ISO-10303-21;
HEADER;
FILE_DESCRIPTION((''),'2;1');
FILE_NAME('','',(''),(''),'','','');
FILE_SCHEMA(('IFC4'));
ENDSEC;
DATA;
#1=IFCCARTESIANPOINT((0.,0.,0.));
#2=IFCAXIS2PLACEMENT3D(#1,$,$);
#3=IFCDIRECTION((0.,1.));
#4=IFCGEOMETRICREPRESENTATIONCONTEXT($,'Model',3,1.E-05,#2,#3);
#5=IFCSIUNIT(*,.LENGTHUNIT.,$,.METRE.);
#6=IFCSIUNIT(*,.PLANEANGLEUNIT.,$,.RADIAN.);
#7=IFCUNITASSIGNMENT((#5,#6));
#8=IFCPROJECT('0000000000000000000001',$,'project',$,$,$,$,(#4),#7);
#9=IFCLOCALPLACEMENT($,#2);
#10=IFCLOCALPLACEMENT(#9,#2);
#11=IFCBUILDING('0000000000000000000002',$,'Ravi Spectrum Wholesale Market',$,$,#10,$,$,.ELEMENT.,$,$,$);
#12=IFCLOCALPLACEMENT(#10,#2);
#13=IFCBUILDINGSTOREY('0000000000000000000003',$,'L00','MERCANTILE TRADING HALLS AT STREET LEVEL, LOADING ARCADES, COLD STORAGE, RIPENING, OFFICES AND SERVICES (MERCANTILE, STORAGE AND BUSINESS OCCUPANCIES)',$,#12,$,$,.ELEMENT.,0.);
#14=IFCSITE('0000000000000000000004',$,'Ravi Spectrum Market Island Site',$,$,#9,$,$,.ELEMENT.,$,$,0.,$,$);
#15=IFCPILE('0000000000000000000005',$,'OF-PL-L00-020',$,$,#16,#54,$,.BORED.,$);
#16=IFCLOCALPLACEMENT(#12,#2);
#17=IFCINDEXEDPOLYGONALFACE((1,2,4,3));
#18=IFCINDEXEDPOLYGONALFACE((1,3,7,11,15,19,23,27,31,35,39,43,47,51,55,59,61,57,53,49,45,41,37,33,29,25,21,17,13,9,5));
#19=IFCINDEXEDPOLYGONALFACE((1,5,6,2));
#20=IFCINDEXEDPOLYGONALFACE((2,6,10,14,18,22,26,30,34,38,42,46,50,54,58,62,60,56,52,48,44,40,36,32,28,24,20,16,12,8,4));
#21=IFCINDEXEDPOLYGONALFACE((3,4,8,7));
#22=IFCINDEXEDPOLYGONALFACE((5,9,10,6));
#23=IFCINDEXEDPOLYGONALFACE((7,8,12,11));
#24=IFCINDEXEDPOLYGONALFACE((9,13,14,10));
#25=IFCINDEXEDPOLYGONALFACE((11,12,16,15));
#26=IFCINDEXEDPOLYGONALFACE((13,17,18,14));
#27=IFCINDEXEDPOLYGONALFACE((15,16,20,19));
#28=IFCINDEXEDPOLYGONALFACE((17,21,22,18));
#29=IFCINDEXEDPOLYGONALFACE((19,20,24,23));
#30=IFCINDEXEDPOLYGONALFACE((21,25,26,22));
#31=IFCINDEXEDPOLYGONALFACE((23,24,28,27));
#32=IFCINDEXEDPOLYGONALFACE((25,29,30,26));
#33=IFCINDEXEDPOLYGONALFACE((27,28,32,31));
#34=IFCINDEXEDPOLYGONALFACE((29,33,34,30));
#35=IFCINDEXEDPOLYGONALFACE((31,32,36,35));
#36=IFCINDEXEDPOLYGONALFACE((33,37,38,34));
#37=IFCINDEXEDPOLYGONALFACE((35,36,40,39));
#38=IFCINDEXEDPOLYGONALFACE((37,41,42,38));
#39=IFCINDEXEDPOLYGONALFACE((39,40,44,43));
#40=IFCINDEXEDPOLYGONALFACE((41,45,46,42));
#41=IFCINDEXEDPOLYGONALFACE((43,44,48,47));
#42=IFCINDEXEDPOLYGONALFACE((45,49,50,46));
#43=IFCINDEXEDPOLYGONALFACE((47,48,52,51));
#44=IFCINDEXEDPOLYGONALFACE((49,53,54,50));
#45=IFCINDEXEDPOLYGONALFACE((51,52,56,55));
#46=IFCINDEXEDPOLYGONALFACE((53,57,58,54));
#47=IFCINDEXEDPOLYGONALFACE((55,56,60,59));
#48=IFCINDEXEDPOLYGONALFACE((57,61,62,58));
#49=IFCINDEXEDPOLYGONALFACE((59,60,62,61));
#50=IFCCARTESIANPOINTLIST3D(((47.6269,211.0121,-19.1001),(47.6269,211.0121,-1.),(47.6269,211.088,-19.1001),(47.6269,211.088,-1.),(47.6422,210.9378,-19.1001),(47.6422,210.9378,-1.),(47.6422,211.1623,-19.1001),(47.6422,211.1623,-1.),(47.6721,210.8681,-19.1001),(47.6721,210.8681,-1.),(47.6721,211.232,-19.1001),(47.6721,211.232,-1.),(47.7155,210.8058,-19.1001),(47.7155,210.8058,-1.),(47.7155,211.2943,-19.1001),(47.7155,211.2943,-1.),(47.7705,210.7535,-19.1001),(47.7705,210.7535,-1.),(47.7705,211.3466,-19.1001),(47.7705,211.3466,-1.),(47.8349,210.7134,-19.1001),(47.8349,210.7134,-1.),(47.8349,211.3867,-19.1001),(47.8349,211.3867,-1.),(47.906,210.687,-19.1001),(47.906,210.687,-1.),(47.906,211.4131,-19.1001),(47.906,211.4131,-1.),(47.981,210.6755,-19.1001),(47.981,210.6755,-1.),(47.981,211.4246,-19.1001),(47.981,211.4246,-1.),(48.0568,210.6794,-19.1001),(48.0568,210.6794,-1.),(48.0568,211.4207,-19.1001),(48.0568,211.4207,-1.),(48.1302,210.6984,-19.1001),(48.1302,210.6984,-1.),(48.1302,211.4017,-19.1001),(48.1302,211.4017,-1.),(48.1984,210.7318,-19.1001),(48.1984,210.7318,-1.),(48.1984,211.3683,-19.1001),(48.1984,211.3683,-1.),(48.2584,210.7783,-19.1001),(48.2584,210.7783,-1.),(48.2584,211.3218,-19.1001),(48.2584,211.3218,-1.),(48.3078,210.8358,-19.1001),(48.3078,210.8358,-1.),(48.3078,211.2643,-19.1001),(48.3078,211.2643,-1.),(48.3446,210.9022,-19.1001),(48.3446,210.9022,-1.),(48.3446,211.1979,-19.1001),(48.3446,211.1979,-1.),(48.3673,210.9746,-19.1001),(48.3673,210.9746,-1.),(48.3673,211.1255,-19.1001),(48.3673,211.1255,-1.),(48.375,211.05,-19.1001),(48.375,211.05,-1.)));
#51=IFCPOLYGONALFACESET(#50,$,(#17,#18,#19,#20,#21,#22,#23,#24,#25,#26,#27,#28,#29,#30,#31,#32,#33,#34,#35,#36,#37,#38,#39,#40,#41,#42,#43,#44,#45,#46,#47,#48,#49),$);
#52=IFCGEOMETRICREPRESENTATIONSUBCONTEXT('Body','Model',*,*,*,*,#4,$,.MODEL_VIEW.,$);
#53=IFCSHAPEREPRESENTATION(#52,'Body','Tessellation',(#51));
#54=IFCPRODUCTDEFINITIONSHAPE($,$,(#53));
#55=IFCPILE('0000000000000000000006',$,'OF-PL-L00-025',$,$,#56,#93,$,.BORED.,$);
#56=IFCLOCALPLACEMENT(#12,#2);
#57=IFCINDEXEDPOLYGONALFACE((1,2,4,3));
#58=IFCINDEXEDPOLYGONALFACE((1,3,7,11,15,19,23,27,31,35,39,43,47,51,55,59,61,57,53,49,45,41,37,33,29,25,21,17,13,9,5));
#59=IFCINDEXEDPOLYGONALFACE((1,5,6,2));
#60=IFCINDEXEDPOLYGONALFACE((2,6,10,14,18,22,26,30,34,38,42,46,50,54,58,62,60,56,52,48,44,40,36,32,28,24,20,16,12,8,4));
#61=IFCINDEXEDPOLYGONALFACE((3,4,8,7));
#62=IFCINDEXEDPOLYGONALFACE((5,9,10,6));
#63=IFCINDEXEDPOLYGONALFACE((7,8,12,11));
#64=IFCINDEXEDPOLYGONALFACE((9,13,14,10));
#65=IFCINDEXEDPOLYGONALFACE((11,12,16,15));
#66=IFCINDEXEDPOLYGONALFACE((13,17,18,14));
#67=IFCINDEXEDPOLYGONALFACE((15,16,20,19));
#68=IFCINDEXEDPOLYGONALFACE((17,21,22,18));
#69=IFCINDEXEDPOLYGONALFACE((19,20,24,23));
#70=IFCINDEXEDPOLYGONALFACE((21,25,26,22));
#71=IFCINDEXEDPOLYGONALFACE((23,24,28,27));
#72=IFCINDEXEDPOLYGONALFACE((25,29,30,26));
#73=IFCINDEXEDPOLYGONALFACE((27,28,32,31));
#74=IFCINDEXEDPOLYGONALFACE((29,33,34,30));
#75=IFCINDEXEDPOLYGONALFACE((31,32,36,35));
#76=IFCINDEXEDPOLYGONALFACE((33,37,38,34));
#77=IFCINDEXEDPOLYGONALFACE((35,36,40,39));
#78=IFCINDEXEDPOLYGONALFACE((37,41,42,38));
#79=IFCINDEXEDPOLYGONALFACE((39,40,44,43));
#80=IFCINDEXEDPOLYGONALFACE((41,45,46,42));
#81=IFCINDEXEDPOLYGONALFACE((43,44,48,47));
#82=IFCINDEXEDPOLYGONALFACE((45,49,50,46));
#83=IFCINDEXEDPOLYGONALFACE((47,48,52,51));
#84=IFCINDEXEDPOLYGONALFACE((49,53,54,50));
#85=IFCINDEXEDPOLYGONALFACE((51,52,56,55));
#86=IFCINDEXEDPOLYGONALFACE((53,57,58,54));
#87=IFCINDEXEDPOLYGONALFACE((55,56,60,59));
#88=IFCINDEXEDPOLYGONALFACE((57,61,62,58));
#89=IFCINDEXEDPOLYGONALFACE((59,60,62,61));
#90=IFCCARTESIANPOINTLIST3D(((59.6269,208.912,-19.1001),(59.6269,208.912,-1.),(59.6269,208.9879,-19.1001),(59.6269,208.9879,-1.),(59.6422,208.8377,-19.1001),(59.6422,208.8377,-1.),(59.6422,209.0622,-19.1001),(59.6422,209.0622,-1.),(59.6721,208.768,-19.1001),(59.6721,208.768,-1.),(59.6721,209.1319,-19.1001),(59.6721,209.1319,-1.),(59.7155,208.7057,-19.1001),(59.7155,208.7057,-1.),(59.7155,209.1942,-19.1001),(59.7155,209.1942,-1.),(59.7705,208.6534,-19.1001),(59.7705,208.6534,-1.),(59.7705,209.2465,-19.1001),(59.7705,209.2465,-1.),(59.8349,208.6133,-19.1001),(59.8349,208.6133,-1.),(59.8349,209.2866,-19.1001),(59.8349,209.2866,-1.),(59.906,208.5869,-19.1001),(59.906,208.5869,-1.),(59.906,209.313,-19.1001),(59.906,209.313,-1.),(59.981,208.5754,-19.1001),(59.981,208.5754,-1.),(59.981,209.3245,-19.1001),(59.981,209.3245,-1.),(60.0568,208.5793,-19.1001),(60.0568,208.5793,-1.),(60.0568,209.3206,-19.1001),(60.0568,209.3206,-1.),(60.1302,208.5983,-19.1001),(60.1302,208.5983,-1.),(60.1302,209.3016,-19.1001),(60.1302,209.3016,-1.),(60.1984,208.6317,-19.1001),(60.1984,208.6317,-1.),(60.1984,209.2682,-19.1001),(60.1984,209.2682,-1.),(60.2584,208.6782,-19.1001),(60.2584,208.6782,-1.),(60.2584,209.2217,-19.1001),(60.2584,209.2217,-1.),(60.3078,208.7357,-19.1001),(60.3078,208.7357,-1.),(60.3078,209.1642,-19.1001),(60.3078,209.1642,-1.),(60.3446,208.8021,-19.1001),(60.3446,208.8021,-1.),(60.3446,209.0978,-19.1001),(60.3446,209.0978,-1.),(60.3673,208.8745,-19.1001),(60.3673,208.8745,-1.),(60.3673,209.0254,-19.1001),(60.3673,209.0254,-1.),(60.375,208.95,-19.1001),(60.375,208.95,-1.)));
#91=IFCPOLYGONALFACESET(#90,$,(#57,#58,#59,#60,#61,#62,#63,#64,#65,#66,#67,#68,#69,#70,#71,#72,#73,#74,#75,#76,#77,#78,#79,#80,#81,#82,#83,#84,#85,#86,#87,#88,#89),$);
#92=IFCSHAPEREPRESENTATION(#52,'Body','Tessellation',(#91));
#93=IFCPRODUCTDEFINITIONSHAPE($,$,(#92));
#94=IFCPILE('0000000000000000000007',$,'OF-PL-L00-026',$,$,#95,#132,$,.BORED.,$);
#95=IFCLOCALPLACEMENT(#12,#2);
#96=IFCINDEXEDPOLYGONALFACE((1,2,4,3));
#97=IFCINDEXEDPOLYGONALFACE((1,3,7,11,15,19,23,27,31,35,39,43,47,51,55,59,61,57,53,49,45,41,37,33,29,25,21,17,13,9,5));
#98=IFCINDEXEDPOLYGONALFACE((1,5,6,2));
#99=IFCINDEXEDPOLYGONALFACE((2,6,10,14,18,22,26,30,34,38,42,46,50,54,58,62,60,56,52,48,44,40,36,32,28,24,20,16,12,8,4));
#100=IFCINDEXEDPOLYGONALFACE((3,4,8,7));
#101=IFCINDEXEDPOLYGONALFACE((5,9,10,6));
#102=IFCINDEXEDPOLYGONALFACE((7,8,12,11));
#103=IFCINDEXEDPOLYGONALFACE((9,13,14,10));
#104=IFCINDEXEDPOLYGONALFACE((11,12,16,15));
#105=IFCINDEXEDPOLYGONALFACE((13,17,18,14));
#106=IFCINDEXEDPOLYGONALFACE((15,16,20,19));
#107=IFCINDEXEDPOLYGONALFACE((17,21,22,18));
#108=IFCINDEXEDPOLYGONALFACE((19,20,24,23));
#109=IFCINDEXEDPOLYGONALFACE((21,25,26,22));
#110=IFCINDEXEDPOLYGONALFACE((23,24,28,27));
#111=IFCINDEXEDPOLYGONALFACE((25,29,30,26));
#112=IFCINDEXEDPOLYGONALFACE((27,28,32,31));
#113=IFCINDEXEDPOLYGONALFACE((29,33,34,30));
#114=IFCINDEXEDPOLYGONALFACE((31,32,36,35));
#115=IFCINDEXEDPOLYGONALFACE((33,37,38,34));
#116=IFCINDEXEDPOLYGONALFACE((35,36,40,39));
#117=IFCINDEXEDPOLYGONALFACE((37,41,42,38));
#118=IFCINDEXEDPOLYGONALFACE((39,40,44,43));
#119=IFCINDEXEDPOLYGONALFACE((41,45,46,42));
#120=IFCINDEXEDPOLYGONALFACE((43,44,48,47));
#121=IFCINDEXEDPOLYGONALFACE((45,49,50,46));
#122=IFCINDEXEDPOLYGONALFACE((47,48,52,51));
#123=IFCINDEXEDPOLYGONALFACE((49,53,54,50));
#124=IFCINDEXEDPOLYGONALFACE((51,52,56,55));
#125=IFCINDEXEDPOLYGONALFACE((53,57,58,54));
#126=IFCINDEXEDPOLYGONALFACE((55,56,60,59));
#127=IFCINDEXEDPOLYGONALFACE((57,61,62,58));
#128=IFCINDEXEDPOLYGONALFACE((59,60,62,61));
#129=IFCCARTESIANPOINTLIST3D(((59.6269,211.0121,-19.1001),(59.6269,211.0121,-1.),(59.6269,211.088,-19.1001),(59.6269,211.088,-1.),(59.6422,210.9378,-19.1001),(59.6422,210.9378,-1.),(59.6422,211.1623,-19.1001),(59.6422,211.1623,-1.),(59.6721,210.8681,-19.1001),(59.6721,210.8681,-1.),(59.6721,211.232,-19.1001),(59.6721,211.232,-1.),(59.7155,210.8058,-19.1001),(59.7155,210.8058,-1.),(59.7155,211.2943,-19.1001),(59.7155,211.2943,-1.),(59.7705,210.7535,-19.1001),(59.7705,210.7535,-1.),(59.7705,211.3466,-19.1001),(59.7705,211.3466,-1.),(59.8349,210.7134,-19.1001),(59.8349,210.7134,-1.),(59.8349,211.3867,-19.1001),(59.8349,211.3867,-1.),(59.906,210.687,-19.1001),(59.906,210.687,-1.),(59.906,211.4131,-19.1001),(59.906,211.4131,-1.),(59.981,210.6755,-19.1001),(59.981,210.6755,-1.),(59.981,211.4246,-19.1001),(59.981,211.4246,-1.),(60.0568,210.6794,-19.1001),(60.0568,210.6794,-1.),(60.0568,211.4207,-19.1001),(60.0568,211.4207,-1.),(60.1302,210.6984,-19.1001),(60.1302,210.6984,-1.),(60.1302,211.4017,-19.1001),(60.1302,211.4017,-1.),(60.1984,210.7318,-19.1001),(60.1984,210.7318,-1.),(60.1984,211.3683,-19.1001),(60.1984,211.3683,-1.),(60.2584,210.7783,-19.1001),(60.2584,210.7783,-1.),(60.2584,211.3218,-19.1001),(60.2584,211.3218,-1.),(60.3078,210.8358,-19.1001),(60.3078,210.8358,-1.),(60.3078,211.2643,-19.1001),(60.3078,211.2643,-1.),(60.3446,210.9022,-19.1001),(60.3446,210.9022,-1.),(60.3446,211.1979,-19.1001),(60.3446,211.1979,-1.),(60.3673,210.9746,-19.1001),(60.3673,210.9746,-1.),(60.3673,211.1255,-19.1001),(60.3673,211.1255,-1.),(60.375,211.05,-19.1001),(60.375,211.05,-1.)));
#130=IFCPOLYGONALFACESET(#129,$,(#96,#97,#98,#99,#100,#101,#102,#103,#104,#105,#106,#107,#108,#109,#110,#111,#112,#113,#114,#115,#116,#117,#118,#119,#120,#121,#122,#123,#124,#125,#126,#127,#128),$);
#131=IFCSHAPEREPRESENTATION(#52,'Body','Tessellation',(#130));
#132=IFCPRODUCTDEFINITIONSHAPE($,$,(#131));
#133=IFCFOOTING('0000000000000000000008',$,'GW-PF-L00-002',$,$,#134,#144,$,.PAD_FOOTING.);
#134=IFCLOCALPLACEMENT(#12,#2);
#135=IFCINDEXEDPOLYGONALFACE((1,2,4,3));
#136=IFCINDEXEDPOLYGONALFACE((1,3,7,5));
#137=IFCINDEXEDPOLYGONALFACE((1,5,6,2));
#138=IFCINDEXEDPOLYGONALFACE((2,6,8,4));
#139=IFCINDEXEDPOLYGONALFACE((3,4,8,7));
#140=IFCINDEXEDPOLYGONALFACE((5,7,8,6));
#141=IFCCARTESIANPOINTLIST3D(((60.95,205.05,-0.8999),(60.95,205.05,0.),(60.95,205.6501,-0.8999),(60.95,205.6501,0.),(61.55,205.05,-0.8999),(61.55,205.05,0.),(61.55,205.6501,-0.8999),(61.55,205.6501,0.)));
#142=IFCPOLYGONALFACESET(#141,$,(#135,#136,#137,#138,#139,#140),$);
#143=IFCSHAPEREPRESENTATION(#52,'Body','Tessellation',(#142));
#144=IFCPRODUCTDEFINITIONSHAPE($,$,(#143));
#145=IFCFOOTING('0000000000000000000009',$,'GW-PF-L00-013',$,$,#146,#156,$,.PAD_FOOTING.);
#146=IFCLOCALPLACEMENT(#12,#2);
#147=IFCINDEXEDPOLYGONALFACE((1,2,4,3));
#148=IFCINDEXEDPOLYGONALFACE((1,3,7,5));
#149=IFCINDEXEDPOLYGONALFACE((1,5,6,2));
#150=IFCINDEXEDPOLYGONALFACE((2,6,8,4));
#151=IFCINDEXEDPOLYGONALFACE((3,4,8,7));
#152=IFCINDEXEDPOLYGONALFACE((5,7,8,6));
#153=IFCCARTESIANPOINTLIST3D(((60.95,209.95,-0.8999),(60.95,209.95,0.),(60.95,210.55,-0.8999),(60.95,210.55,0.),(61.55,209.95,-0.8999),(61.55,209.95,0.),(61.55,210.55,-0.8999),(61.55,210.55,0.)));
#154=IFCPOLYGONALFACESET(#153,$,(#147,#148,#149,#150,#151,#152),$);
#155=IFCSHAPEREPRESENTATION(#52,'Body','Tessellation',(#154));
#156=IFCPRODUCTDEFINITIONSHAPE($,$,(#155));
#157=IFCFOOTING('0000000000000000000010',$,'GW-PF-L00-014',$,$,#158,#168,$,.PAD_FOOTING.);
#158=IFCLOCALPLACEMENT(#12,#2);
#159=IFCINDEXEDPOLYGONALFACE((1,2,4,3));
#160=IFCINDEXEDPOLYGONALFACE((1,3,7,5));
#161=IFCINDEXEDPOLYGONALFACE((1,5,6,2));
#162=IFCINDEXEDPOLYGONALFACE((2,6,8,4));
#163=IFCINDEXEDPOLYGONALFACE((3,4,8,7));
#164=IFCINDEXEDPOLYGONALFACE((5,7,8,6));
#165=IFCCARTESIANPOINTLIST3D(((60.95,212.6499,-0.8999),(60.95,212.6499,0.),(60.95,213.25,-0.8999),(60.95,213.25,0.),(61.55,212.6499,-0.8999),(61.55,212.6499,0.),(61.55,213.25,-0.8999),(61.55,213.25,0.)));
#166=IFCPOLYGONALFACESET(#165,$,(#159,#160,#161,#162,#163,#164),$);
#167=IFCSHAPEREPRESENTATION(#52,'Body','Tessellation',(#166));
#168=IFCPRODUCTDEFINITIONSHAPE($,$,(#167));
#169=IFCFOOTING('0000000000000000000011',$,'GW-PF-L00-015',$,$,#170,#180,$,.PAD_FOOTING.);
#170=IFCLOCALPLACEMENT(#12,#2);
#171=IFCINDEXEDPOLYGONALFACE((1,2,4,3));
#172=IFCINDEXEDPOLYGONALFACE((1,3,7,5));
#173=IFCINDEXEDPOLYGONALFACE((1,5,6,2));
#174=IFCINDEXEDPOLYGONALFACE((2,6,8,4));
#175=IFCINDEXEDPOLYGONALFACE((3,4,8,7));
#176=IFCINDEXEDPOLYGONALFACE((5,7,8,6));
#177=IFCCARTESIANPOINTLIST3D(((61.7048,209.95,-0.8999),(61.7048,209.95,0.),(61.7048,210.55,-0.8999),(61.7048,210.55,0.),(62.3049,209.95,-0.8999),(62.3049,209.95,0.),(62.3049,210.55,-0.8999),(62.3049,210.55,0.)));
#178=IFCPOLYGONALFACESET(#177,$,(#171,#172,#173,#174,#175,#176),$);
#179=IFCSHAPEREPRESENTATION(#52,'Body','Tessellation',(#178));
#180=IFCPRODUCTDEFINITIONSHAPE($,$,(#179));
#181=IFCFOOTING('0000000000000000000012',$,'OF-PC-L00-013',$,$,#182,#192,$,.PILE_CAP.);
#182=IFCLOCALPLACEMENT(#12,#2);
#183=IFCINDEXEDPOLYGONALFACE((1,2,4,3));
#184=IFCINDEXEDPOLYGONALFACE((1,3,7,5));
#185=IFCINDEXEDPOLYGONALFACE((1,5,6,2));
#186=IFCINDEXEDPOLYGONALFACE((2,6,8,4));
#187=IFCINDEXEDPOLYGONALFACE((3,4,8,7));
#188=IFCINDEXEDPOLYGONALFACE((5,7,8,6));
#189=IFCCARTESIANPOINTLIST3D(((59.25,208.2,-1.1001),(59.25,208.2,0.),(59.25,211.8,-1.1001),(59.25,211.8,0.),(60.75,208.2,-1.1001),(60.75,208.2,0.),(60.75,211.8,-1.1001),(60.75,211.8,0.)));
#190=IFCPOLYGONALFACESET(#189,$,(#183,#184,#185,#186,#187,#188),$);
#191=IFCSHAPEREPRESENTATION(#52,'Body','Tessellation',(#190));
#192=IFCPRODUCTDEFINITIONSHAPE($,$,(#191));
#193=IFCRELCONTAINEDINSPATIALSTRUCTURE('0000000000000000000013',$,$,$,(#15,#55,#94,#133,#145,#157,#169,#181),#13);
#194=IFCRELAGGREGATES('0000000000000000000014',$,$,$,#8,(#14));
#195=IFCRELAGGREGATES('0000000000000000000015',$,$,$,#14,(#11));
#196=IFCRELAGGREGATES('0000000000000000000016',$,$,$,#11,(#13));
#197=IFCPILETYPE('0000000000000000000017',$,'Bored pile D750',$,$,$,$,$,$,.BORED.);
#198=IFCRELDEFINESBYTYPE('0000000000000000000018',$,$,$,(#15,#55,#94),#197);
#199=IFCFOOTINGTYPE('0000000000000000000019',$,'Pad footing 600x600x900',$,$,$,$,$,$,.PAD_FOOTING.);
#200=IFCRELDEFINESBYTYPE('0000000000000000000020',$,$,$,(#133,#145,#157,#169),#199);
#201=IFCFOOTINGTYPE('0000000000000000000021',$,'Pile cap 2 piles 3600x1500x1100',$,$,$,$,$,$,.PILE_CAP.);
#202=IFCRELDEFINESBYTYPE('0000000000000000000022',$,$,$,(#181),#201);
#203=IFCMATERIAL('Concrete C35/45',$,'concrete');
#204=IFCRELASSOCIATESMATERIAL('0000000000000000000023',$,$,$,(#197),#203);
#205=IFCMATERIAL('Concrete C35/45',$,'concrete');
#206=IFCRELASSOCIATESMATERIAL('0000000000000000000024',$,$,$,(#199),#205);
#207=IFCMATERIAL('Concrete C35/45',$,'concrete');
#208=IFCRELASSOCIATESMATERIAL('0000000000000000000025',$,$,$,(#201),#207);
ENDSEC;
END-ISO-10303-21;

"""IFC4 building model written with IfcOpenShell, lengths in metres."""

from ifc_helpers import new_model, si_unit, direction, frame, origin, origin_2d, place, context, subcontext, project, spatial, rectangle, circle, extrude, material, material_profile, profile_set, type_object, element, save


model = new_model("IFC4")

# Units and contexts
model_context = context("Model", 3, precision=1e-05, world=origin(), true_north=direction((0.0, 1.0)))
body_context = subcontext(model_context, "Body", "Model", "MODEL_VIEW")
ifc_project = project(units=[si_unit("LENGTHUNIT", "METRE"), si_unit("PLANEANGLEUNIT", "RADIAN")], contexts=[model_context])

# Site, building, storey
site_placement = place(None, origin())
site = spatial("IfcSite", under=ifc_project, at=site_placement, Name="Ravi Spectrum Market Island Site", CompositionType="ELEMENT", RefElevation=0.0)
building_placement = place(site_placement, origin())
building = spatial("IfcBuilding", under=site, at=building_placement, Name="Ravi Spectrum Wholesale Market", CompositionType="ELEMENT")
storey_placement = place(building_placement, origin())
storey = spatial("IfcBuildingStorey", under=building, at=storey_placement, Name="L00", Description="MERCANTILE TRADING HALLS AT STREET LEVEL, LOADING ARCADES, COLD STORAGE, RIPENING, OFFICES AND SERVICES (MERCANTILE, STORAGE AND BUSINESS OCCUPANCIES)", CompositionType="ELEMENT", Elevation=0.0)

# Piles
ifc_material_1 = material(Name="Concrete C35/45", Category="concrete")
ifc_material_profile_1 = material_profile(ifc_material_1, circle(Radius=0.375, at=origin_2d()))
ifc_profile_set_1 = profile_set([ifc_material_profile_1], Name="Concrete C35/45")
pile_type = type_object("IfcPileType", Name="Bored pile D750", PredefinedType="BORED", material=ifc_profile_set_1)
for number, where, z_axis, x_axis, name in (
    (1, (48.0, 211.05, -1.0), (0.0, 0.0, -1.0), (1.0, 0.0, 0.0), "OF-PL-L00-020"),
    (2, (60.0, 208.95, -1.0), (0.0, 0.0, -1.0), (1.0, 0.0, 0.0), "OF-PL-L00-025"),
    (3, (60.0, 211.05, -1.0), (0.0, 0.0, -1.0), (1.0, 0.0, 0.0), "OF-PL-L00-026"),
):
    element("IfcPile", number, at=place(storey_placement, frame(where, z_axis=z_axis, x_axis=x_axis)), inside=storey, type_object=pile_type, Name=name, PredefinedType="BORED", context=body_context, shape_type="SweptSolid", body=[
        extrude(circle(Radius=0.375, at=origin_2d()), origin(), (0.0, 0.0, 1.0), 18.1001),
    ])

# Footings
ifc_material_2 = material(Name="Concrete C35/45", Category="concrete")
footing_type_1 = type_object("IfcFootingType", Name="Pad footing 600x600x900", PredefinedType="PAD_FOOTING", material=ifc_material_2)
for number, where, z_axis, x_axis, name in (
    (4, (61.25, 205.3501, -0.8999), (0.0, 0.0, 1.0), (1.0, 0.0, 0.0), "GW-PF-L00-002"),
    (5, (61.25, 210.25, -0.8999), (0.0, 0.0, 1.0), (1.0, 0.0, 0.0), "GW-PF-L00-013"),
    (6, (61.25, 212.95, -0.8999), (0.0, 0.0, 1.0), (1.0, 0.0, 0.0), "GW-PF-L00-014"),
    (7, (62.0049, 210.25, -0.8999), (0.0, 0.0, 1.0), (1.0, 0.0, 0.0), "GW-PF-L00-015"),
):
    element("IfcFooting", number, at=place(storey_placement, frame(where, z_axis=z_axis, x_axis=x_axis)), inside=storey, type_object=footing_type_1, Name=name, PredefinedType="PAD_FOOTING", context=body_context, shape_type="SweptSolid", body=[
        extrude(rectangle(XDim=0.6001, YDim=0.6001, at=origin_2d()), origin(), (0.0, 0.0, 1.0), 0.8999),
    ])
ifc_material_3 = material(Name="Concrete C35/45", Category="concrete")
footing_type_2 = type_object("IfcFootingType", Name="Pile cap 2 piles 3600x1500x1100", PredefinedType="PILE_CAP", material=ifc_material_3)
footing_placement = place(storey_placement, frame((60.0, 210.0, -1.1001), z_axis=(0.0, 0.0, 1.0), x_axis=(0.0, 1.0, 0.0)))
element("IfcFooting", 8, at=footing_placement, inside=storey, type_object=footing_type_2, Name="OF-PC-L00-013", PredefinedType="PILE_CAP", context=body_context, shape_type="SweptSolid", body=[
    extrude(rectangle(XDim=3.6001, YDim=1.5, at=origin_2d()), origin(), (0.0, 0.0, 1.0), 1.1001),
])

save(model, "model.ifc")
